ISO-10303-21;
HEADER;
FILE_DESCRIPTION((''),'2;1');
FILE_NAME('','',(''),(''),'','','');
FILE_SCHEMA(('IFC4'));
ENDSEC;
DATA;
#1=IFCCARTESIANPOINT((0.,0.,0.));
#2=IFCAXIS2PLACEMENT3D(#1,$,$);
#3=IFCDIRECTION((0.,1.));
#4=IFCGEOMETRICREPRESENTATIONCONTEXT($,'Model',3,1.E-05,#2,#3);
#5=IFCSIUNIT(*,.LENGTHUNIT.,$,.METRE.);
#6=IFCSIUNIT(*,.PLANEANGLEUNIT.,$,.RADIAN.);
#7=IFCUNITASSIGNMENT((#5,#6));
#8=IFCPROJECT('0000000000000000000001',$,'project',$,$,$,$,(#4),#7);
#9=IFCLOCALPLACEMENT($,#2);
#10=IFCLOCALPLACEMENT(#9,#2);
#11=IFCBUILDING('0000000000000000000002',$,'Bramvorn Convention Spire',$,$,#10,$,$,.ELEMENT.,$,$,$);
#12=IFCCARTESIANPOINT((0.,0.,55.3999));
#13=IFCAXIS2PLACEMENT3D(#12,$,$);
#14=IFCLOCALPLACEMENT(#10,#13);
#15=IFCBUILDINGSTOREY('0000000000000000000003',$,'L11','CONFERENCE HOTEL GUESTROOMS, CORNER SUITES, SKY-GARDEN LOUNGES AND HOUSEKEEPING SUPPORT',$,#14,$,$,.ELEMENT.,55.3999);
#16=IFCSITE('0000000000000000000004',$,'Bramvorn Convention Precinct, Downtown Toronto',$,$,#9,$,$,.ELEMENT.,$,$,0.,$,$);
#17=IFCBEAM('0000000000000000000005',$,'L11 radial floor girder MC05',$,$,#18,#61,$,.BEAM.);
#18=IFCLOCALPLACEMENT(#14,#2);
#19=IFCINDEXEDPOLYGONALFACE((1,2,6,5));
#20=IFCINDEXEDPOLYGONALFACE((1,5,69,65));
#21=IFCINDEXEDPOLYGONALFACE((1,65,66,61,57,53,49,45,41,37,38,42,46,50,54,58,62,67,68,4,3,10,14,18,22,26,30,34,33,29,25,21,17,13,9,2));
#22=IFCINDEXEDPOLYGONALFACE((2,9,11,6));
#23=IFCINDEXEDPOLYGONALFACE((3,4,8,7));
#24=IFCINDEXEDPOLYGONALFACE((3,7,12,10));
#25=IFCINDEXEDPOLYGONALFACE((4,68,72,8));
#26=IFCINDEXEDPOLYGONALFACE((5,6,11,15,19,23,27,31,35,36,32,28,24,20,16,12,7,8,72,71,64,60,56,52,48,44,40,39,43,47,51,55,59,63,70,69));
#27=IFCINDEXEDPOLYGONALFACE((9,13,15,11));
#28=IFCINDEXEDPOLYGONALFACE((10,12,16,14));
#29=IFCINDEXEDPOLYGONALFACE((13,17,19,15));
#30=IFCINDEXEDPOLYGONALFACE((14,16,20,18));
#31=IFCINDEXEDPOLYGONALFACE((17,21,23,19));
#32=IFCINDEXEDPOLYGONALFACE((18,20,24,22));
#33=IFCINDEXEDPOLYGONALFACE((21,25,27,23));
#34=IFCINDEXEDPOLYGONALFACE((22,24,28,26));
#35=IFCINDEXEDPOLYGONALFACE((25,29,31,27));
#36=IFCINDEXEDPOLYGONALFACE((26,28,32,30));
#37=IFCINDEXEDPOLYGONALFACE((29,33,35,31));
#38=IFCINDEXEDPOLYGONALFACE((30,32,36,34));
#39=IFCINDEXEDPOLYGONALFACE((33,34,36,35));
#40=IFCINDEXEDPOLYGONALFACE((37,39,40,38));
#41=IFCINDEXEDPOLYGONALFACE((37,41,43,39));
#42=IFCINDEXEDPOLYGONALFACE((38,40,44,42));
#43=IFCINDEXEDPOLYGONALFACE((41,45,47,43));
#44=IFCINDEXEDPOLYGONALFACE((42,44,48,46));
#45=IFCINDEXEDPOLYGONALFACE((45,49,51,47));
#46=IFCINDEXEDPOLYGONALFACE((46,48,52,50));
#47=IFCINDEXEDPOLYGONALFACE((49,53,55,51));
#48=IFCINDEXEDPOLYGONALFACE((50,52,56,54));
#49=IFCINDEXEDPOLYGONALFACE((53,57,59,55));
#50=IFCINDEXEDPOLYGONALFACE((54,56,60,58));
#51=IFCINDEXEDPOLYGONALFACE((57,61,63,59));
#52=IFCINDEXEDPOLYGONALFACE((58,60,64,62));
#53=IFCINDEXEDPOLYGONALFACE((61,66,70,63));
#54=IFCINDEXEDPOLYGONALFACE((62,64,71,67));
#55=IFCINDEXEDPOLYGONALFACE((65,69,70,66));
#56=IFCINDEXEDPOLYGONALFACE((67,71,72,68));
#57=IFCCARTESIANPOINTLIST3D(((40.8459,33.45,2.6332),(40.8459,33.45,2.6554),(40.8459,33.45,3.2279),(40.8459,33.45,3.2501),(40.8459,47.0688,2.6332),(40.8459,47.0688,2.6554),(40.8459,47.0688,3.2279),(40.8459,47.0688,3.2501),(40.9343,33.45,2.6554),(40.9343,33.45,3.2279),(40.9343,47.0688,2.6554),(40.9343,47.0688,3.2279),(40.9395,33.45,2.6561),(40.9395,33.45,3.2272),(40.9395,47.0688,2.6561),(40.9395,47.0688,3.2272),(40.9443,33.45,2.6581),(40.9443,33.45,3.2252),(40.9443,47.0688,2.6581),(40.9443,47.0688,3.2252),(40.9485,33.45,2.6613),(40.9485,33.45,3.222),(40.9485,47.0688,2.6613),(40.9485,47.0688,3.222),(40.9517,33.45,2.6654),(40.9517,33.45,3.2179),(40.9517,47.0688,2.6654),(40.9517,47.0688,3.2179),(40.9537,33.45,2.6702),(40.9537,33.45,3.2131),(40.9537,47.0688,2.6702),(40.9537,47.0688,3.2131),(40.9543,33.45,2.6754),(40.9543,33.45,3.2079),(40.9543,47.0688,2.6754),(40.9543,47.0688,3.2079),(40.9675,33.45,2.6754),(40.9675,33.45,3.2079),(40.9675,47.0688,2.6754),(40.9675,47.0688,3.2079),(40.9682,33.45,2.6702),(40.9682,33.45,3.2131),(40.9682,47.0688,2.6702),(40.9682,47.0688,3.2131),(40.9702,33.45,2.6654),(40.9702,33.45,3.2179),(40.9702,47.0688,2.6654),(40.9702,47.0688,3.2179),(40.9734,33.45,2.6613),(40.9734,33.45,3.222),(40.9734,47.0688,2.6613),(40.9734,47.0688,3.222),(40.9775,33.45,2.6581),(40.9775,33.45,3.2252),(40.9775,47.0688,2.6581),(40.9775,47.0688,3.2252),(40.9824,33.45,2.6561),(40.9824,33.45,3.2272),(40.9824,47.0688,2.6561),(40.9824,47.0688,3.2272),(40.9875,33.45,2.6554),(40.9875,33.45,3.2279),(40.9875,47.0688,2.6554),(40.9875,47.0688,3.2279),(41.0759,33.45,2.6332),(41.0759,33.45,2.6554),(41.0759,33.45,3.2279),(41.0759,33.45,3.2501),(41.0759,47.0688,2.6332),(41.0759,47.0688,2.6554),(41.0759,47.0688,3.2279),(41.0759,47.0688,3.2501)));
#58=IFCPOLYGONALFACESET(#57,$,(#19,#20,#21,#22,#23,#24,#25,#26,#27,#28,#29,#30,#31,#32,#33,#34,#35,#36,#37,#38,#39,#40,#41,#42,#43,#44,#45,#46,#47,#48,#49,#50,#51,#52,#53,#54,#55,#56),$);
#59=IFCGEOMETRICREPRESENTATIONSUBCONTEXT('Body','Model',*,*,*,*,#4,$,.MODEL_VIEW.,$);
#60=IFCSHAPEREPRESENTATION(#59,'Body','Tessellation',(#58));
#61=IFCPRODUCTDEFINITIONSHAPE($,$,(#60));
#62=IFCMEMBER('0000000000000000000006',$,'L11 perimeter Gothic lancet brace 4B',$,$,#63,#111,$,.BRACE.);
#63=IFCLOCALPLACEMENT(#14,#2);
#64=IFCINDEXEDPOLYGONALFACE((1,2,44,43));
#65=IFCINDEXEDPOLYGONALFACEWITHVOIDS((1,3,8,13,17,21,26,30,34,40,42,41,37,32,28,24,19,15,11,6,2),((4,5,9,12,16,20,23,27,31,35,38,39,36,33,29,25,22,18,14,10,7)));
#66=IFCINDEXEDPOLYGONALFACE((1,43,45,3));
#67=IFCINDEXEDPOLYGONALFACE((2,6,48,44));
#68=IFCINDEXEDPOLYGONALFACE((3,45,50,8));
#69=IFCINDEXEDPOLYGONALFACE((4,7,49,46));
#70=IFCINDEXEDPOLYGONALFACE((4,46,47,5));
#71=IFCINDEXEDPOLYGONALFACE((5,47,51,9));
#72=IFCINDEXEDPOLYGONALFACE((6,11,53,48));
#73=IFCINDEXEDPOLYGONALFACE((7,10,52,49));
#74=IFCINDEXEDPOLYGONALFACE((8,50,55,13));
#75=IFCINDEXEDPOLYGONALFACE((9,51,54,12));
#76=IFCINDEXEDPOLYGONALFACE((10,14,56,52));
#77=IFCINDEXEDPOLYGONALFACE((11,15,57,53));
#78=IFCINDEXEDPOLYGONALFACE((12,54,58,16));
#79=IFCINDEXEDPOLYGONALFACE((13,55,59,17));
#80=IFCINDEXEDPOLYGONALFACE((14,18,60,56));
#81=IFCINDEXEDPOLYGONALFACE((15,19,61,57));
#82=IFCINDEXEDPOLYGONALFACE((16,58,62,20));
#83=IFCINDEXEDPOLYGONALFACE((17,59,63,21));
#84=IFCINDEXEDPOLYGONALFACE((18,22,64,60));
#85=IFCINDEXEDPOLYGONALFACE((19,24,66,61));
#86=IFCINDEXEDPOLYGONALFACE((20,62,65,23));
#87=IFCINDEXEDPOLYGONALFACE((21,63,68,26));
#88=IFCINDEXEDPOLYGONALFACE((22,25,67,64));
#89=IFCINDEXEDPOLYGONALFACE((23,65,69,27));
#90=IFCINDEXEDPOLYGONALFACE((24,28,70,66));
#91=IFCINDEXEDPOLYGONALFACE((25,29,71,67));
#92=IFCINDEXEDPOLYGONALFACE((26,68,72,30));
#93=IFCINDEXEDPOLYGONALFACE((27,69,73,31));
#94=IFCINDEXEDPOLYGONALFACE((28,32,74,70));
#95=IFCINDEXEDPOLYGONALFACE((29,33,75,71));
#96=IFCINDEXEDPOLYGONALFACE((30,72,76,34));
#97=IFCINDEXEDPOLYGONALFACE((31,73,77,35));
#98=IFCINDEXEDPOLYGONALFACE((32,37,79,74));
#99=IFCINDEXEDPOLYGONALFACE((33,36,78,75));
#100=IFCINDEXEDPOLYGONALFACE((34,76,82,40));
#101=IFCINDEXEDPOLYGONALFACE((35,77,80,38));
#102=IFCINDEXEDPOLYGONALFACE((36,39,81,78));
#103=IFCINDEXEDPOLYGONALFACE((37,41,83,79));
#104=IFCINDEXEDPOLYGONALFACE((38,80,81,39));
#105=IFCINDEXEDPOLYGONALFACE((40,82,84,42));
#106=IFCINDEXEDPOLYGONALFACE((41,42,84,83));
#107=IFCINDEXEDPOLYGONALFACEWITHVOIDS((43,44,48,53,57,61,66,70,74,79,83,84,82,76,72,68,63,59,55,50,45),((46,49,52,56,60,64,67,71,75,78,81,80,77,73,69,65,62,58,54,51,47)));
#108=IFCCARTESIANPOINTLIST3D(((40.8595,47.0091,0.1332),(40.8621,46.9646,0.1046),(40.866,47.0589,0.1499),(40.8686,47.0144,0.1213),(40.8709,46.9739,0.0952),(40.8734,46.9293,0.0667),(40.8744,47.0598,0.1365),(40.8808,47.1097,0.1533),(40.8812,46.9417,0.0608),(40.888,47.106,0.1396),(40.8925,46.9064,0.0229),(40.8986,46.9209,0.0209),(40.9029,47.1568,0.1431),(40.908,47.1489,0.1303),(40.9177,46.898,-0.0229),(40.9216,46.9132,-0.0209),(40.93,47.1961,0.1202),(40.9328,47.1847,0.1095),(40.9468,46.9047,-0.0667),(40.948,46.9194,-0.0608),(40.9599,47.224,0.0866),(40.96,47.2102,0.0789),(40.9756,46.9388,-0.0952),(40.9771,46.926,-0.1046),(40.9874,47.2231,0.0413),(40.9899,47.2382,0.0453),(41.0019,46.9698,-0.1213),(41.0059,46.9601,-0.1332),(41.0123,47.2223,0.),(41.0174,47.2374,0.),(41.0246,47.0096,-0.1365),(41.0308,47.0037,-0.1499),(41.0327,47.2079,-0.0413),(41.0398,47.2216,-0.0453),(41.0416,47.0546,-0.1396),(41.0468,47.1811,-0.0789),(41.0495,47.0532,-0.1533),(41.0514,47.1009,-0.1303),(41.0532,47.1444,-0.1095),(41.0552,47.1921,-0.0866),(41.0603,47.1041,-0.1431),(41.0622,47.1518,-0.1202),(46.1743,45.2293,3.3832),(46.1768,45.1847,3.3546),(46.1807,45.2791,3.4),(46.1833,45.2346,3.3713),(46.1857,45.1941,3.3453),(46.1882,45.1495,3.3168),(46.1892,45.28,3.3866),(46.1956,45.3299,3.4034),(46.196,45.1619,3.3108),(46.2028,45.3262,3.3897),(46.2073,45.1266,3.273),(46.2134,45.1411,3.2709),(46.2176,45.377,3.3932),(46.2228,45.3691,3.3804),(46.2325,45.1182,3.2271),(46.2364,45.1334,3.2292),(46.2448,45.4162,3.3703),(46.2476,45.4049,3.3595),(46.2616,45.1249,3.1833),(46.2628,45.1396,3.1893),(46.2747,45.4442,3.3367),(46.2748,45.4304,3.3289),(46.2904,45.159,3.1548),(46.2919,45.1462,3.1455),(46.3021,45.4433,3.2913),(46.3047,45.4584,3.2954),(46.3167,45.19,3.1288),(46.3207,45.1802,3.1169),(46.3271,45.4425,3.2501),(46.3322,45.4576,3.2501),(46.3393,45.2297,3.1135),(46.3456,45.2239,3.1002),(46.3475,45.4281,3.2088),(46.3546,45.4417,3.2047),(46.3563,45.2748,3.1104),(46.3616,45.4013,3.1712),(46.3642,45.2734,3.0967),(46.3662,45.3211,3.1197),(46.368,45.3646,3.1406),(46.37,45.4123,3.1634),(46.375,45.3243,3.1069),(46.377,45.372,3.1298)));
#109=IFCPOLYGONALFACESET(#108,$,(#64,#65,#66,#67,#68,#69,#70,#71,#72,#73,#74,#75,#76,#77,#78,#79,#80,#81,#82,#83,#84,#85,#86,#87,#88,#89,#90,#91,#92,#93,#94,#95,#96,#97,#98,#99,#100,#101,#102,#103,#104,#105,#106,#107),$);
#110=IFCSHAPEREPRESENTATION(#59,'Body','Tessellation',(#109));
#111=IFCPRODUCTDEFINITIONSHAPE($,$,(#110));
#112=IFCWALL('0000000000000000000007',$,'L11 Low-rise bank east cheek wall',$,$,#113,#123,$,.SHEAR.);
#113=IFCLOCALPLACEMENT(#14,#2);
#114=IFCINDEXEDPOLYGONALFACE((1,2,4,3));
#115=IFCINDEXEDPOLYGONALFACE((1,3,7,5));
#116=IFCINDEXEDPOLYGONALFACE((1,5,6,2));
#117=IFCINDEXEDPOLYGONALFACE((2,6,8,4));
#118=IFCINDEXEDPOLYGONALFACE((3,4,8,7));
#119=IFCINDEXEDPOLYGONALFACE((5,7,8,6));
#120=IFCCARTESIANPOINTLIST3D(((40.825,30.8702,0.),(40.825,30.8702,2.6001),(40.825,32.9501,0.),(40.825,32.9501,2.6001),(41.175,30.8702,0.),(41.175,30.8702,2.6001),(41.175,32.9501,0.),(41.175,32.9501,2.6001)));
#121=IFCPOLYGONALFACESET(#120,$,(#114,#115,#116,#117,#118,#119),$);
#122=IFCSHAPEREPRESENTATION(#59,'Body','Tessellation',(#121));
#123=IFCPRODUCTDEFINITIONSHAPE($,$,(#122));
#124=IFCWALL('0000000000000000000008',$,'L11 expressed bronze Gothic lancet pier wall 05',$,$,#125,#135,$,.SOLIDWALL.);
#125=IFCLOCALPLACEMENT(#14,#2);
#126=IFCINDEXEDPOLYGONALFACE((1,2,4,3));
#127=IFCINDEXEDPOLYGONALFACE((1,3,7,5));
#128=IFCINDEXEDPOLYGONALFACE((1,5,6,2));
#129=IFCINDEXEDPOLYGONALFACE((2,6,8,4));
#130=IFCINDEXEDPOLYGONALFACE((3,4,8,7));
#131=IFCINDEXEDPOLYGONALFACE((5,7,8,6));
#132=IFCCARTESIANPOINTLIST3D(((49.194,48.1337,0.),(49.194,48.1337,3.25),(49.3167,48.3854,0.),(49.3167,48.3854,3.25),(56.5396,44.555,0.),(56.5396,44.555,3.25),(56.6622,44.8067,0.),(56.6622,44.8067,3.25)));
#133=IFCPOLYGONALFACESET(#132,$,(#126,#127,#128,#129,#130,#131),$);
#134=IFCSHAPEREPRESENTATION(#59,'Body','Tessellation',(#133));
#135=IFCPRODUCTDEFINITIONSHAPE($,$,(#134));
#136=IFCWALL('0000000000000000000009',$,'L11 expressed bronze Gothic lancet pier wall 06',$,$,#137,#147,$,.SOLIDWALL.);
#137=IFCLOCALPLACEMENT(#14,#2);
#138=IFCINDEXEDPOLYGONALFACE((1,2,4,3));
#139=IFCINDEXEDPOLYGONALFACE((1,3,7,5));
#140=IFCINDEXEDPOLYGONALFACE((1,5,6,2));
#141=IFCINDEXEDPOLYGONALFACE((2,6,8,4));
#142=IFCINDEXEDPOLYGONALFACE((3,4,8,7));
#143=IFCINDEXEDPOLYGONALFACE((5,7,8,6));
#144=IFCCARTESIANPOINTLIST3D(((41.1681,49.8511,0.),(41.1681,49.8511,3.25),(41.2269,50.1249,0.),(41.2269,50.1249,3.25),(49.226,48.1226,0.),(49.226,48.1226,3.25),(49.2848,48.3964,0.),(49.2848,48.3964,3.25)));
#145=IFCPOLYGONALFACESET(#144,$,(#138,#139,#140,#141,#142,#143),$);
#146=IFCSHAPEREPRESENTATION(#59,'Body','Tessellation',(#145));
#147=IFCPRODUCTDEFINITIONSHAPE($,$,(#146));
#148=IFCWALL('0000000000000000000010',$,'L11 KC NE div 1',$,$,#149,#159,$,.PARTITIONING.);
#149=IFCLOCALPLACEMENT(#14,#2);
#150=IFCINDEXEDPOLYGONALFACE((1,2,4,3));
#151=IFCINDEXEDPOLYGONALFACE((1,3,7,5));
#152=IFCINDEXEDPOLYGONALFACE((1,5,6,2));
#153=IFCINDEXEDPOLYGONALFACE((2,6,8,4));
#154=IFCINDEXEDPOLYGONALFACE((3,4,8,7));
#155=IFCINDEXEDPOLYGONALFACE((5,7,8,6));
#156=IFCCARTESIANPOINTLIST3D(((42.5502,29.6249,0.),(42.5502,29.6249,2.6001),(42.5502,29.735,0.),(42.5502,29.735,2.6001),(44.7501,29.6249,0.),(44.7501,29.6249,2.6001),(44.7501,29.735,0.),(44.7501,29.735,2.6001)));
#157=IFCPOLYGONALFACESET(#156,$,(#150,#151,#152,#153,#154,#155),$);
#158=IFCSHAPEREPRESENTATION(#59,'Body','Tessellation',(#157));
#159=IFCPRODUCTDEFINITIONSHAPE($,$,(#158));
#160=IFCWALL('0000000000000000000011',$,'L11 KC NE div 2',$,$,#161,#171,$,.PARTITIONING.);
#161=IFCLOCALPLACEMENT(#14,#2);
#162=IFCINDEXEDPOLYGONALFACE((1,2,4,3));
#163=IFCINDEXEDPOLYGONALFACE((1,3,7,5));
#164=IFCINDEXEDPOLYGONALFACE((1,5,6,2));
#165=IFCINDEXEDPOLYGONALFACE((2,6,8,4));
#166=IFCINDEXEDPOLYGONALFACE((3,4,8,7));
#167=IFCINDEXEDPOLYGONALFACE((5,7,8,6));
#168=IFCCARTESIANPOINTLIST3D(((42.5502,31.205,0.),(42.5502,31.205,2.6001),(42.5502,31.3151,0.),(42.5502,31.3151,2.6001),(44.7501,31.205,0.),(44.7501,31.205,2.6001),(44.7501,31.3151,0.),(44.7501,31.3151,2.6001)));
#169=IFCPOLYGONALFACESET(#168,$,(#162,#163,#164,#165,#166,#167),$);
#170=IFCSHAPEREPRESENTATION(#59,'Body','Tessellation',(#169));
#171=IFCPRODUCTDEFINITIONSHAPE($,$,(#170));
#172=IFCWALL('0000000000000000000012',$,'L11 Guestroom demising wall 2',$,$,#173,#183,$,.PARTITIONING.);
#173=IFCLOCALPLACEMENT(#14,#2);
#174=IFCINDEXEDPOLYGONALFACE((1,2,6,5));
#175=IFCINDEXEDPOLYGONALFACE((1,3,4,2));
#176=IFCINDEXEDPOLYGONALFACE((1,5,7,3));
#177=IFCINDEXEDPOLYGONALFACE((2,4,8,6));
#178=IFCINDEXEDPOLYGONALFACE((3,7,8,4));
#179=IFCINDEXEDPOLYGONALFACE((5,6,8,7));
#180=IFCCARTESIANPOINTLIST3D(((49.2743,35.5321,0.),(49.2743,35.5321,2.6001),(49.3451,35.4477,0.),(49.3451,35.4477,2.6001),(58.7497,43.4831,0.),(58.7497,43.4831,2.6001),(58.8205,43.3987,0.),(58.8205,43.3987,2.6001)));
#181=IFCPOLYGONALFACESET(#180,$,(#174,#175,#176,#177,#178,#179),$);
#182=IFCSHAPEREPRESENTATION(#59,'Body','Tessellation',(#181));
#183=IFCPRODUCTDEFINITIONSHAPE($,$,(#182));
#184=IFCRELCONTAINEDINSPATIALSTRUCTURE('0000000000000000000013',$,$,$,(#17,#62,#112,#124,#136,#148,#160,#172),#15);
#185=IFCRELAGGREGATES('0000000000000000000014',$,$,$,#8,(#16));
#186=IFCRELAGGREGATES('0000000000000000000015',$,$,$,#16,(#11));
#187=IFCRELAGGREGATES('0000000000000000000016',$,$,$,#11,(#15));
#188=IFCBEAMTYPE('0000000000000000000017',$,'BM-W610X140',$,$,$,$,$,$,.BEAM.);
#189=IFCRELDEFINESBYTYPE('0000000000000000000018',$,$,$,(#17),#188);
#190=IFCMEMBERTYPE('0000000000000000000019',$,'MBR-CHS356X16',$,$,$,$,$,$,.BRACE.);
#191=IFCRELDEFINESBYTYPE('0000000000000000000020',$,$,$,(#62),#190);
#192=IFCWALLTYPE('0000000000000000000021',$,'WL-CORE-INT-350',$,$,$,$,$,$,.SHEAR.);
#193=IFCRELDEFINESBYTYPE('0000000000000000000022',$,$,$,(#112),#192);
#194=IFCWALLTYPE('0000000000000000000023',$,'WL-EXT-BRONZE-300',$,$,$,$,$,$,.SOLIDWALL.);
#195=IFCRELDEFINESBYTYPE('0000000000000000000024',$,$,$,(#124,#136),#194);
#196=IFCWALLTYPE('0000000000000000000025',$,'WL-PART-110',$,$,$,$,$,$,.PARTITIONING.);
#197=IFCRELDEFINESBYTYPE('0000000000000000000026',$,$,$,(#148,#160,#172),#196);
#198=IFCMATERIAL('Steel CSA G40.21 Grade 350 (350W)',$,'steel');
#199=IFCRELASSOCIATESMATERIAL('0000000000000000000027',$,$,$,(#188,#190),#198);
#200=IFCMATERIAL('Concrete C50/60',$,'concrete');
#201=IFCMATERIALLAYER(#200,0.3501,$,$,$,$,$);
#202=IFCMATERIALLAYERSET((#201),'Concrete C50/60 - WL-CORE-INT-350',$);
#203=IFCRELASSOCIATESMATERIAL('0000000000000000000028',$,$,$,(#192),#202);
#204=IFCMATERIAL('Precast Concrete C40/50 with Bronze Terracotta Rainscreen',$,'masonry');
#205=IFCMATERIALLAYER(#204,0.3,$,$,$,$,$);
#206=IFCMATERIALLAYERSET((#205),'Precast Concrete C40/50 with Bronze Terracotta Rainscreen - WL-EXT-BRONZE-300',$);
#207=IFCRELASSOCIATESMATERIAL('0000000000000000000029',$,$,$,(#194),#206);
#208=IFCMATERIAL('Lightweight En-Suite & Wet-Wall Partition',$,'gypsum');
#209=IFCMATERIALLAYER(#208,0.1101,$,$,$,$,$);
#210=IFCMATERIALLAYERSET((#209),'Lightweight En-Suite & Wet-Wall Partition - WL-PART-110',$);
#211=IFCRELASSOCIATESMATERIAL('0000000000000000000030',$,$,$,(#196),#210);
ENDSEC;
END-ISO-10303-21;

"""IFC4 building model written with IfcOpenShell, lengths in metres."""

from ifc_helpers import new_model, si_unit, direction, frame, frame_2d, origin, origin_2d, place, context, subcontext, project, spatial, rectangle, hollow_circle, i_section, extrude, material, layer, layer_set, material_profile, profile_set, type_object, element, save


model = new_model("IFC4")

# Units and contexts
model_context = context("Model", 3, precision=1e-05, world=origin(), true_north=direction((0.0, 1.0)))
body_context = subcontext(model_context, "Body", "Model", "MODEL_VIEW")
ifc_project = project(units=[si_unit("LENGTHUNIT", "METRE"), si_unit("PLANEANGLEUNIT", "RADIAN")], contexts=[model_context])

# Site, building, storey
site_placement = place(None, origin())
site = spatial("IfcSite", under=ifc_project, at=site_placement, Name="Bramvorn Convention Precinct, Downtown Toronto", CompositionType="ELEMENT", RefElevation=0.0)
building_placement = place(site_placement, origin())
building = spatial("IfcBuilding", under=site, at=building_placement, Name="Bramvorn Convention Spire", CompositionType="ELEMENT")
storey_placement = place(building_placement, frame((0.0, 0.0, 55.3999)))
storey = spatial("IfcBuildingStorey", under=building, at=storey_placement, Name="L11", Description="CONFERENCE HOTEL GUESTROOMS, CORNER SUITES, SKY-GARDEN LOUNGES AND HOUSEKEEPING SUPPORT", CompositionType="ELEMENT", Elevation=55.3999)

# Shared definitions
ifc_material_1 = material(Name="Steel CSA G40.21 Grade 350 (350W)", Category="steel")

# Beam
ifc_material_profile_1 = material_profile(ifc_material_1, i_section(OverallWidth=0.23, OverallDepth=0.6169, WebThickness=0.0132, FlangeThickness=0.0222, FilletRadius=0.02, at=origin_2d()))
ifc_profile_set_1 = profile_set([ifc_material_profile_1], Name="Steel CSA G40.21 Grade 350 (350W) - W610X140")
beam_type_1 = type_object("IfcBeamType", Name="BM-W610X140", PredefinedType="BEAM", material=ifc_profile_set_1)
beam_1_placement = place(storey_placement, frame((40.9609, 33.45, 2.9417), z_axis=(0.0, 1.0, 0.0), x_axis=(-1.0, 0.0, 0.0)))
element("IfcBeam", 1, at=beam_1_placement, inside=storey, type_object=beam_type_1, Name="L11 radial floor girder MC05", PredefinedType="BEAM", context=body_context, shape_type="SweptSolid", body=[
    extrude(i_section(OverallWidth=0.23, OverallDepth=0.6169, WebThickness=0.0132, FlangeThickness=0.0222, FilletRadius=0.02, at=origin_2d()), origin(), (0.0, 0.0, 1.0), 13.6189),
])

# Member
ifc_material_profile_2 = material_profile(ifc_material_1, hollow_circle(Radius=0.1777, WallThickness=0.0159, at=origin_2d()))
ifc_profile_set_2 = profile_set([ifc_material_profile_2], Name="Steel CSA G40.21 Grade 350 (350W) - CHS356X16")
member_type = type_object("IfcMemberType", Name="MBR-CHS356X16", PredefinedType="BRACE", material=ifc_profile_set_2)
member_placement = place(storey_placement, frame((40.9609, 47.0688, 0.0), z_axis=(0.820309, -0.274705, 0.501628), x_axis=(0.317547, 0.948242, 0.0)))
element("IfcMember", 2, at=member_placement, inside=storey, type_object=member_type, Name="L11 perimeter Gothic lancet brace 4B", PredefinedType="BRACE", context=body_context, shape_type="SweptSolid", body=[
    extrude(hollow_circle(Radius=0.1777, WallThickness=0.0159, at=origin_2d()), origin(), (0.0, 0.0, 1.0), 6.479),
])

# Shared definitions
ifc_material_2 = material(Name="Concrete C50/60", Category="concrete")
ifc_layer_1 = layer(ifc_material_2, 0.3501)
ifc_layer_set_1 = layer_set([ifc_layer_1], Name="Concrete C50/60 - WL-CORE-INT-350")
wall_type_1 = type_object("IfcWallType", Name="WL-CORE-INT-350", PredefinedType="SHEAR", material=ifc_layer_set_1)

# Walls
wall_1_placement = place(storey_placement, frame((41.0, 30.8701, 0.0), z_axis=(0.0, 0.0, 1.0), x_axis=(0.0, 1.0, 0.0)))
element("IfcWall", 3, at=wall_1_placement, inside=storey, type_object=wall_type_1, Name="L11 Low-rise bank east cheek wall", PredefinedType="SHEAR", context=body_context, shape_type="SweptSolid", body=[
    extrude(rectangle(XDim=2.0798, YDim=0.3501, at=frame_2d((1.04, 0.0))), origin(), (0.0, 0.0, 1.0), 2.6001),
])
ifc_material_3 = material(Name="Precast Concrete C40/50 with Bronze Terracotta Rainscreen", Category="masonry")
ifc_layer_2 = layer(ifc_material_3, 0.3)
ifc_layer_set_2 = layer_set([ifc_layer_2], Name="Precast Concrete C40/50 with Bronze Terracotta Rainscreen - WL-EXT-BRONZE-300")
wall_type_2 = type_object("IfcWallType", Name="WL-EXT-BRONZE-300", PredefinedType="SOLIDWALL", material=ifc_layer_set_2)
wall_2_placement = place(storey_placement, frame((49.2554, 48.2595, 0.0), z_axis=(0.0, 0.0, 1.0), x_axis=(0.898987, -0.437975, 0.0)))
element("IfcWall", 4, at=wall_2_placement, inside=storey, type_object=wall_type_2, Name="L11 expressed bronze Gothic lancet pier wall 05", PredefinedType="SOLIDWALL", context=body_context, shape_type="SweptSolid", body=[
    extrude(rectangle(XDim=8.1709, YDim=0.28, at=frame_2d((4.0854, 0.0))), origin(), (0.0, 0.0, 1.0), 3.25),
])
wall_3_placement = place(storey_placement, frame((41.1975, 49.988, 0.0), z_axis=(0.0, 0.0, 1.0), x_axis=(0.977757, -0.209742, 0.0)))
element("IfcWall", 5, at=wall_3_placement, inside=storey, type_object=wall_type_2, Name="L11 expressed bronze Gothic lancet pier wall 06", PredefinedType="SOLIDWALL", context=body_context, shape_type="SweptSolid", body=[
    extrude(rectangle(XDim=8.2412, YDim=0.28, at=frame_2d((4.1206, 0.0))), origin(), (0.0, 0.0, 1.0), 3.25),
])
ifc_material_4 = material(Name="Lightweight En-Suite & Wet-Wall Partition", Category="gypsum")
ifc_layer_3 = layer(ifc_material_4, 0.1101)
ifc_layer_set_3 = layer_set([ifc_layer_3], Name="Lightweight En-Suite & Wet-Wall Partition - WL-PART-110")
wall_type_3 = type_object("IfcWallType", Name="WL-PART-110", PredefinedType="PARTITIONING", material=ifc_layer_set_3)
for number, where, z_axis, x_axis, name in (
    (6, (42.55, 29.6799, 0.0), (0.0, 0.0, 1.0), (1.0, 0.0, 0.0), "L11 KC NE div 1"),
    (7, (42.55, 31.26, 0.0), (0.0, 0.0, 1.0), (1.0, 0.0, 0.0), "L11 KC NE div 2"),
):
    element("IfcWall", number, at=place(storey_placement, frame(where, z_axis=z_axis, x_axis=x_axis)), inside=storey, type_object=wall_type_3, Name=name, PredefinedType="PARTITIONING", context=body_context, shape_type="SweptSolid", body=[
        extrude(rectangle(XDim=2.2, YDim=0.1101, at=frame_2d((1.1001, 0.0))), origin(), (0.0, 0.0, 1.0), 2.6001),
    ])
wall_4_placement = place(storey_placement, frame((49.3098, 35.49, 0.0), z_axis=(0.0, 0.0, 1.0), x_axis=(0.766038, 0.642796, 0.0)))
element("IfcWall", 8, at=wall_4_placement, inside=storey, type_object=wall_type_3, Name="L11 Guestroom demising wall 2", PredefinedType="PARTITIONING", context=body_context, shape_type="SweptSolid", body=[
    extrude(rectangle(XDim=12.3694, YDim=0.1101, at=frame_2d((6.1846, 0.0))), origin(), (0.0, 0.0, 1.0), 2.6001),
])

save(model, "model.ifc")
